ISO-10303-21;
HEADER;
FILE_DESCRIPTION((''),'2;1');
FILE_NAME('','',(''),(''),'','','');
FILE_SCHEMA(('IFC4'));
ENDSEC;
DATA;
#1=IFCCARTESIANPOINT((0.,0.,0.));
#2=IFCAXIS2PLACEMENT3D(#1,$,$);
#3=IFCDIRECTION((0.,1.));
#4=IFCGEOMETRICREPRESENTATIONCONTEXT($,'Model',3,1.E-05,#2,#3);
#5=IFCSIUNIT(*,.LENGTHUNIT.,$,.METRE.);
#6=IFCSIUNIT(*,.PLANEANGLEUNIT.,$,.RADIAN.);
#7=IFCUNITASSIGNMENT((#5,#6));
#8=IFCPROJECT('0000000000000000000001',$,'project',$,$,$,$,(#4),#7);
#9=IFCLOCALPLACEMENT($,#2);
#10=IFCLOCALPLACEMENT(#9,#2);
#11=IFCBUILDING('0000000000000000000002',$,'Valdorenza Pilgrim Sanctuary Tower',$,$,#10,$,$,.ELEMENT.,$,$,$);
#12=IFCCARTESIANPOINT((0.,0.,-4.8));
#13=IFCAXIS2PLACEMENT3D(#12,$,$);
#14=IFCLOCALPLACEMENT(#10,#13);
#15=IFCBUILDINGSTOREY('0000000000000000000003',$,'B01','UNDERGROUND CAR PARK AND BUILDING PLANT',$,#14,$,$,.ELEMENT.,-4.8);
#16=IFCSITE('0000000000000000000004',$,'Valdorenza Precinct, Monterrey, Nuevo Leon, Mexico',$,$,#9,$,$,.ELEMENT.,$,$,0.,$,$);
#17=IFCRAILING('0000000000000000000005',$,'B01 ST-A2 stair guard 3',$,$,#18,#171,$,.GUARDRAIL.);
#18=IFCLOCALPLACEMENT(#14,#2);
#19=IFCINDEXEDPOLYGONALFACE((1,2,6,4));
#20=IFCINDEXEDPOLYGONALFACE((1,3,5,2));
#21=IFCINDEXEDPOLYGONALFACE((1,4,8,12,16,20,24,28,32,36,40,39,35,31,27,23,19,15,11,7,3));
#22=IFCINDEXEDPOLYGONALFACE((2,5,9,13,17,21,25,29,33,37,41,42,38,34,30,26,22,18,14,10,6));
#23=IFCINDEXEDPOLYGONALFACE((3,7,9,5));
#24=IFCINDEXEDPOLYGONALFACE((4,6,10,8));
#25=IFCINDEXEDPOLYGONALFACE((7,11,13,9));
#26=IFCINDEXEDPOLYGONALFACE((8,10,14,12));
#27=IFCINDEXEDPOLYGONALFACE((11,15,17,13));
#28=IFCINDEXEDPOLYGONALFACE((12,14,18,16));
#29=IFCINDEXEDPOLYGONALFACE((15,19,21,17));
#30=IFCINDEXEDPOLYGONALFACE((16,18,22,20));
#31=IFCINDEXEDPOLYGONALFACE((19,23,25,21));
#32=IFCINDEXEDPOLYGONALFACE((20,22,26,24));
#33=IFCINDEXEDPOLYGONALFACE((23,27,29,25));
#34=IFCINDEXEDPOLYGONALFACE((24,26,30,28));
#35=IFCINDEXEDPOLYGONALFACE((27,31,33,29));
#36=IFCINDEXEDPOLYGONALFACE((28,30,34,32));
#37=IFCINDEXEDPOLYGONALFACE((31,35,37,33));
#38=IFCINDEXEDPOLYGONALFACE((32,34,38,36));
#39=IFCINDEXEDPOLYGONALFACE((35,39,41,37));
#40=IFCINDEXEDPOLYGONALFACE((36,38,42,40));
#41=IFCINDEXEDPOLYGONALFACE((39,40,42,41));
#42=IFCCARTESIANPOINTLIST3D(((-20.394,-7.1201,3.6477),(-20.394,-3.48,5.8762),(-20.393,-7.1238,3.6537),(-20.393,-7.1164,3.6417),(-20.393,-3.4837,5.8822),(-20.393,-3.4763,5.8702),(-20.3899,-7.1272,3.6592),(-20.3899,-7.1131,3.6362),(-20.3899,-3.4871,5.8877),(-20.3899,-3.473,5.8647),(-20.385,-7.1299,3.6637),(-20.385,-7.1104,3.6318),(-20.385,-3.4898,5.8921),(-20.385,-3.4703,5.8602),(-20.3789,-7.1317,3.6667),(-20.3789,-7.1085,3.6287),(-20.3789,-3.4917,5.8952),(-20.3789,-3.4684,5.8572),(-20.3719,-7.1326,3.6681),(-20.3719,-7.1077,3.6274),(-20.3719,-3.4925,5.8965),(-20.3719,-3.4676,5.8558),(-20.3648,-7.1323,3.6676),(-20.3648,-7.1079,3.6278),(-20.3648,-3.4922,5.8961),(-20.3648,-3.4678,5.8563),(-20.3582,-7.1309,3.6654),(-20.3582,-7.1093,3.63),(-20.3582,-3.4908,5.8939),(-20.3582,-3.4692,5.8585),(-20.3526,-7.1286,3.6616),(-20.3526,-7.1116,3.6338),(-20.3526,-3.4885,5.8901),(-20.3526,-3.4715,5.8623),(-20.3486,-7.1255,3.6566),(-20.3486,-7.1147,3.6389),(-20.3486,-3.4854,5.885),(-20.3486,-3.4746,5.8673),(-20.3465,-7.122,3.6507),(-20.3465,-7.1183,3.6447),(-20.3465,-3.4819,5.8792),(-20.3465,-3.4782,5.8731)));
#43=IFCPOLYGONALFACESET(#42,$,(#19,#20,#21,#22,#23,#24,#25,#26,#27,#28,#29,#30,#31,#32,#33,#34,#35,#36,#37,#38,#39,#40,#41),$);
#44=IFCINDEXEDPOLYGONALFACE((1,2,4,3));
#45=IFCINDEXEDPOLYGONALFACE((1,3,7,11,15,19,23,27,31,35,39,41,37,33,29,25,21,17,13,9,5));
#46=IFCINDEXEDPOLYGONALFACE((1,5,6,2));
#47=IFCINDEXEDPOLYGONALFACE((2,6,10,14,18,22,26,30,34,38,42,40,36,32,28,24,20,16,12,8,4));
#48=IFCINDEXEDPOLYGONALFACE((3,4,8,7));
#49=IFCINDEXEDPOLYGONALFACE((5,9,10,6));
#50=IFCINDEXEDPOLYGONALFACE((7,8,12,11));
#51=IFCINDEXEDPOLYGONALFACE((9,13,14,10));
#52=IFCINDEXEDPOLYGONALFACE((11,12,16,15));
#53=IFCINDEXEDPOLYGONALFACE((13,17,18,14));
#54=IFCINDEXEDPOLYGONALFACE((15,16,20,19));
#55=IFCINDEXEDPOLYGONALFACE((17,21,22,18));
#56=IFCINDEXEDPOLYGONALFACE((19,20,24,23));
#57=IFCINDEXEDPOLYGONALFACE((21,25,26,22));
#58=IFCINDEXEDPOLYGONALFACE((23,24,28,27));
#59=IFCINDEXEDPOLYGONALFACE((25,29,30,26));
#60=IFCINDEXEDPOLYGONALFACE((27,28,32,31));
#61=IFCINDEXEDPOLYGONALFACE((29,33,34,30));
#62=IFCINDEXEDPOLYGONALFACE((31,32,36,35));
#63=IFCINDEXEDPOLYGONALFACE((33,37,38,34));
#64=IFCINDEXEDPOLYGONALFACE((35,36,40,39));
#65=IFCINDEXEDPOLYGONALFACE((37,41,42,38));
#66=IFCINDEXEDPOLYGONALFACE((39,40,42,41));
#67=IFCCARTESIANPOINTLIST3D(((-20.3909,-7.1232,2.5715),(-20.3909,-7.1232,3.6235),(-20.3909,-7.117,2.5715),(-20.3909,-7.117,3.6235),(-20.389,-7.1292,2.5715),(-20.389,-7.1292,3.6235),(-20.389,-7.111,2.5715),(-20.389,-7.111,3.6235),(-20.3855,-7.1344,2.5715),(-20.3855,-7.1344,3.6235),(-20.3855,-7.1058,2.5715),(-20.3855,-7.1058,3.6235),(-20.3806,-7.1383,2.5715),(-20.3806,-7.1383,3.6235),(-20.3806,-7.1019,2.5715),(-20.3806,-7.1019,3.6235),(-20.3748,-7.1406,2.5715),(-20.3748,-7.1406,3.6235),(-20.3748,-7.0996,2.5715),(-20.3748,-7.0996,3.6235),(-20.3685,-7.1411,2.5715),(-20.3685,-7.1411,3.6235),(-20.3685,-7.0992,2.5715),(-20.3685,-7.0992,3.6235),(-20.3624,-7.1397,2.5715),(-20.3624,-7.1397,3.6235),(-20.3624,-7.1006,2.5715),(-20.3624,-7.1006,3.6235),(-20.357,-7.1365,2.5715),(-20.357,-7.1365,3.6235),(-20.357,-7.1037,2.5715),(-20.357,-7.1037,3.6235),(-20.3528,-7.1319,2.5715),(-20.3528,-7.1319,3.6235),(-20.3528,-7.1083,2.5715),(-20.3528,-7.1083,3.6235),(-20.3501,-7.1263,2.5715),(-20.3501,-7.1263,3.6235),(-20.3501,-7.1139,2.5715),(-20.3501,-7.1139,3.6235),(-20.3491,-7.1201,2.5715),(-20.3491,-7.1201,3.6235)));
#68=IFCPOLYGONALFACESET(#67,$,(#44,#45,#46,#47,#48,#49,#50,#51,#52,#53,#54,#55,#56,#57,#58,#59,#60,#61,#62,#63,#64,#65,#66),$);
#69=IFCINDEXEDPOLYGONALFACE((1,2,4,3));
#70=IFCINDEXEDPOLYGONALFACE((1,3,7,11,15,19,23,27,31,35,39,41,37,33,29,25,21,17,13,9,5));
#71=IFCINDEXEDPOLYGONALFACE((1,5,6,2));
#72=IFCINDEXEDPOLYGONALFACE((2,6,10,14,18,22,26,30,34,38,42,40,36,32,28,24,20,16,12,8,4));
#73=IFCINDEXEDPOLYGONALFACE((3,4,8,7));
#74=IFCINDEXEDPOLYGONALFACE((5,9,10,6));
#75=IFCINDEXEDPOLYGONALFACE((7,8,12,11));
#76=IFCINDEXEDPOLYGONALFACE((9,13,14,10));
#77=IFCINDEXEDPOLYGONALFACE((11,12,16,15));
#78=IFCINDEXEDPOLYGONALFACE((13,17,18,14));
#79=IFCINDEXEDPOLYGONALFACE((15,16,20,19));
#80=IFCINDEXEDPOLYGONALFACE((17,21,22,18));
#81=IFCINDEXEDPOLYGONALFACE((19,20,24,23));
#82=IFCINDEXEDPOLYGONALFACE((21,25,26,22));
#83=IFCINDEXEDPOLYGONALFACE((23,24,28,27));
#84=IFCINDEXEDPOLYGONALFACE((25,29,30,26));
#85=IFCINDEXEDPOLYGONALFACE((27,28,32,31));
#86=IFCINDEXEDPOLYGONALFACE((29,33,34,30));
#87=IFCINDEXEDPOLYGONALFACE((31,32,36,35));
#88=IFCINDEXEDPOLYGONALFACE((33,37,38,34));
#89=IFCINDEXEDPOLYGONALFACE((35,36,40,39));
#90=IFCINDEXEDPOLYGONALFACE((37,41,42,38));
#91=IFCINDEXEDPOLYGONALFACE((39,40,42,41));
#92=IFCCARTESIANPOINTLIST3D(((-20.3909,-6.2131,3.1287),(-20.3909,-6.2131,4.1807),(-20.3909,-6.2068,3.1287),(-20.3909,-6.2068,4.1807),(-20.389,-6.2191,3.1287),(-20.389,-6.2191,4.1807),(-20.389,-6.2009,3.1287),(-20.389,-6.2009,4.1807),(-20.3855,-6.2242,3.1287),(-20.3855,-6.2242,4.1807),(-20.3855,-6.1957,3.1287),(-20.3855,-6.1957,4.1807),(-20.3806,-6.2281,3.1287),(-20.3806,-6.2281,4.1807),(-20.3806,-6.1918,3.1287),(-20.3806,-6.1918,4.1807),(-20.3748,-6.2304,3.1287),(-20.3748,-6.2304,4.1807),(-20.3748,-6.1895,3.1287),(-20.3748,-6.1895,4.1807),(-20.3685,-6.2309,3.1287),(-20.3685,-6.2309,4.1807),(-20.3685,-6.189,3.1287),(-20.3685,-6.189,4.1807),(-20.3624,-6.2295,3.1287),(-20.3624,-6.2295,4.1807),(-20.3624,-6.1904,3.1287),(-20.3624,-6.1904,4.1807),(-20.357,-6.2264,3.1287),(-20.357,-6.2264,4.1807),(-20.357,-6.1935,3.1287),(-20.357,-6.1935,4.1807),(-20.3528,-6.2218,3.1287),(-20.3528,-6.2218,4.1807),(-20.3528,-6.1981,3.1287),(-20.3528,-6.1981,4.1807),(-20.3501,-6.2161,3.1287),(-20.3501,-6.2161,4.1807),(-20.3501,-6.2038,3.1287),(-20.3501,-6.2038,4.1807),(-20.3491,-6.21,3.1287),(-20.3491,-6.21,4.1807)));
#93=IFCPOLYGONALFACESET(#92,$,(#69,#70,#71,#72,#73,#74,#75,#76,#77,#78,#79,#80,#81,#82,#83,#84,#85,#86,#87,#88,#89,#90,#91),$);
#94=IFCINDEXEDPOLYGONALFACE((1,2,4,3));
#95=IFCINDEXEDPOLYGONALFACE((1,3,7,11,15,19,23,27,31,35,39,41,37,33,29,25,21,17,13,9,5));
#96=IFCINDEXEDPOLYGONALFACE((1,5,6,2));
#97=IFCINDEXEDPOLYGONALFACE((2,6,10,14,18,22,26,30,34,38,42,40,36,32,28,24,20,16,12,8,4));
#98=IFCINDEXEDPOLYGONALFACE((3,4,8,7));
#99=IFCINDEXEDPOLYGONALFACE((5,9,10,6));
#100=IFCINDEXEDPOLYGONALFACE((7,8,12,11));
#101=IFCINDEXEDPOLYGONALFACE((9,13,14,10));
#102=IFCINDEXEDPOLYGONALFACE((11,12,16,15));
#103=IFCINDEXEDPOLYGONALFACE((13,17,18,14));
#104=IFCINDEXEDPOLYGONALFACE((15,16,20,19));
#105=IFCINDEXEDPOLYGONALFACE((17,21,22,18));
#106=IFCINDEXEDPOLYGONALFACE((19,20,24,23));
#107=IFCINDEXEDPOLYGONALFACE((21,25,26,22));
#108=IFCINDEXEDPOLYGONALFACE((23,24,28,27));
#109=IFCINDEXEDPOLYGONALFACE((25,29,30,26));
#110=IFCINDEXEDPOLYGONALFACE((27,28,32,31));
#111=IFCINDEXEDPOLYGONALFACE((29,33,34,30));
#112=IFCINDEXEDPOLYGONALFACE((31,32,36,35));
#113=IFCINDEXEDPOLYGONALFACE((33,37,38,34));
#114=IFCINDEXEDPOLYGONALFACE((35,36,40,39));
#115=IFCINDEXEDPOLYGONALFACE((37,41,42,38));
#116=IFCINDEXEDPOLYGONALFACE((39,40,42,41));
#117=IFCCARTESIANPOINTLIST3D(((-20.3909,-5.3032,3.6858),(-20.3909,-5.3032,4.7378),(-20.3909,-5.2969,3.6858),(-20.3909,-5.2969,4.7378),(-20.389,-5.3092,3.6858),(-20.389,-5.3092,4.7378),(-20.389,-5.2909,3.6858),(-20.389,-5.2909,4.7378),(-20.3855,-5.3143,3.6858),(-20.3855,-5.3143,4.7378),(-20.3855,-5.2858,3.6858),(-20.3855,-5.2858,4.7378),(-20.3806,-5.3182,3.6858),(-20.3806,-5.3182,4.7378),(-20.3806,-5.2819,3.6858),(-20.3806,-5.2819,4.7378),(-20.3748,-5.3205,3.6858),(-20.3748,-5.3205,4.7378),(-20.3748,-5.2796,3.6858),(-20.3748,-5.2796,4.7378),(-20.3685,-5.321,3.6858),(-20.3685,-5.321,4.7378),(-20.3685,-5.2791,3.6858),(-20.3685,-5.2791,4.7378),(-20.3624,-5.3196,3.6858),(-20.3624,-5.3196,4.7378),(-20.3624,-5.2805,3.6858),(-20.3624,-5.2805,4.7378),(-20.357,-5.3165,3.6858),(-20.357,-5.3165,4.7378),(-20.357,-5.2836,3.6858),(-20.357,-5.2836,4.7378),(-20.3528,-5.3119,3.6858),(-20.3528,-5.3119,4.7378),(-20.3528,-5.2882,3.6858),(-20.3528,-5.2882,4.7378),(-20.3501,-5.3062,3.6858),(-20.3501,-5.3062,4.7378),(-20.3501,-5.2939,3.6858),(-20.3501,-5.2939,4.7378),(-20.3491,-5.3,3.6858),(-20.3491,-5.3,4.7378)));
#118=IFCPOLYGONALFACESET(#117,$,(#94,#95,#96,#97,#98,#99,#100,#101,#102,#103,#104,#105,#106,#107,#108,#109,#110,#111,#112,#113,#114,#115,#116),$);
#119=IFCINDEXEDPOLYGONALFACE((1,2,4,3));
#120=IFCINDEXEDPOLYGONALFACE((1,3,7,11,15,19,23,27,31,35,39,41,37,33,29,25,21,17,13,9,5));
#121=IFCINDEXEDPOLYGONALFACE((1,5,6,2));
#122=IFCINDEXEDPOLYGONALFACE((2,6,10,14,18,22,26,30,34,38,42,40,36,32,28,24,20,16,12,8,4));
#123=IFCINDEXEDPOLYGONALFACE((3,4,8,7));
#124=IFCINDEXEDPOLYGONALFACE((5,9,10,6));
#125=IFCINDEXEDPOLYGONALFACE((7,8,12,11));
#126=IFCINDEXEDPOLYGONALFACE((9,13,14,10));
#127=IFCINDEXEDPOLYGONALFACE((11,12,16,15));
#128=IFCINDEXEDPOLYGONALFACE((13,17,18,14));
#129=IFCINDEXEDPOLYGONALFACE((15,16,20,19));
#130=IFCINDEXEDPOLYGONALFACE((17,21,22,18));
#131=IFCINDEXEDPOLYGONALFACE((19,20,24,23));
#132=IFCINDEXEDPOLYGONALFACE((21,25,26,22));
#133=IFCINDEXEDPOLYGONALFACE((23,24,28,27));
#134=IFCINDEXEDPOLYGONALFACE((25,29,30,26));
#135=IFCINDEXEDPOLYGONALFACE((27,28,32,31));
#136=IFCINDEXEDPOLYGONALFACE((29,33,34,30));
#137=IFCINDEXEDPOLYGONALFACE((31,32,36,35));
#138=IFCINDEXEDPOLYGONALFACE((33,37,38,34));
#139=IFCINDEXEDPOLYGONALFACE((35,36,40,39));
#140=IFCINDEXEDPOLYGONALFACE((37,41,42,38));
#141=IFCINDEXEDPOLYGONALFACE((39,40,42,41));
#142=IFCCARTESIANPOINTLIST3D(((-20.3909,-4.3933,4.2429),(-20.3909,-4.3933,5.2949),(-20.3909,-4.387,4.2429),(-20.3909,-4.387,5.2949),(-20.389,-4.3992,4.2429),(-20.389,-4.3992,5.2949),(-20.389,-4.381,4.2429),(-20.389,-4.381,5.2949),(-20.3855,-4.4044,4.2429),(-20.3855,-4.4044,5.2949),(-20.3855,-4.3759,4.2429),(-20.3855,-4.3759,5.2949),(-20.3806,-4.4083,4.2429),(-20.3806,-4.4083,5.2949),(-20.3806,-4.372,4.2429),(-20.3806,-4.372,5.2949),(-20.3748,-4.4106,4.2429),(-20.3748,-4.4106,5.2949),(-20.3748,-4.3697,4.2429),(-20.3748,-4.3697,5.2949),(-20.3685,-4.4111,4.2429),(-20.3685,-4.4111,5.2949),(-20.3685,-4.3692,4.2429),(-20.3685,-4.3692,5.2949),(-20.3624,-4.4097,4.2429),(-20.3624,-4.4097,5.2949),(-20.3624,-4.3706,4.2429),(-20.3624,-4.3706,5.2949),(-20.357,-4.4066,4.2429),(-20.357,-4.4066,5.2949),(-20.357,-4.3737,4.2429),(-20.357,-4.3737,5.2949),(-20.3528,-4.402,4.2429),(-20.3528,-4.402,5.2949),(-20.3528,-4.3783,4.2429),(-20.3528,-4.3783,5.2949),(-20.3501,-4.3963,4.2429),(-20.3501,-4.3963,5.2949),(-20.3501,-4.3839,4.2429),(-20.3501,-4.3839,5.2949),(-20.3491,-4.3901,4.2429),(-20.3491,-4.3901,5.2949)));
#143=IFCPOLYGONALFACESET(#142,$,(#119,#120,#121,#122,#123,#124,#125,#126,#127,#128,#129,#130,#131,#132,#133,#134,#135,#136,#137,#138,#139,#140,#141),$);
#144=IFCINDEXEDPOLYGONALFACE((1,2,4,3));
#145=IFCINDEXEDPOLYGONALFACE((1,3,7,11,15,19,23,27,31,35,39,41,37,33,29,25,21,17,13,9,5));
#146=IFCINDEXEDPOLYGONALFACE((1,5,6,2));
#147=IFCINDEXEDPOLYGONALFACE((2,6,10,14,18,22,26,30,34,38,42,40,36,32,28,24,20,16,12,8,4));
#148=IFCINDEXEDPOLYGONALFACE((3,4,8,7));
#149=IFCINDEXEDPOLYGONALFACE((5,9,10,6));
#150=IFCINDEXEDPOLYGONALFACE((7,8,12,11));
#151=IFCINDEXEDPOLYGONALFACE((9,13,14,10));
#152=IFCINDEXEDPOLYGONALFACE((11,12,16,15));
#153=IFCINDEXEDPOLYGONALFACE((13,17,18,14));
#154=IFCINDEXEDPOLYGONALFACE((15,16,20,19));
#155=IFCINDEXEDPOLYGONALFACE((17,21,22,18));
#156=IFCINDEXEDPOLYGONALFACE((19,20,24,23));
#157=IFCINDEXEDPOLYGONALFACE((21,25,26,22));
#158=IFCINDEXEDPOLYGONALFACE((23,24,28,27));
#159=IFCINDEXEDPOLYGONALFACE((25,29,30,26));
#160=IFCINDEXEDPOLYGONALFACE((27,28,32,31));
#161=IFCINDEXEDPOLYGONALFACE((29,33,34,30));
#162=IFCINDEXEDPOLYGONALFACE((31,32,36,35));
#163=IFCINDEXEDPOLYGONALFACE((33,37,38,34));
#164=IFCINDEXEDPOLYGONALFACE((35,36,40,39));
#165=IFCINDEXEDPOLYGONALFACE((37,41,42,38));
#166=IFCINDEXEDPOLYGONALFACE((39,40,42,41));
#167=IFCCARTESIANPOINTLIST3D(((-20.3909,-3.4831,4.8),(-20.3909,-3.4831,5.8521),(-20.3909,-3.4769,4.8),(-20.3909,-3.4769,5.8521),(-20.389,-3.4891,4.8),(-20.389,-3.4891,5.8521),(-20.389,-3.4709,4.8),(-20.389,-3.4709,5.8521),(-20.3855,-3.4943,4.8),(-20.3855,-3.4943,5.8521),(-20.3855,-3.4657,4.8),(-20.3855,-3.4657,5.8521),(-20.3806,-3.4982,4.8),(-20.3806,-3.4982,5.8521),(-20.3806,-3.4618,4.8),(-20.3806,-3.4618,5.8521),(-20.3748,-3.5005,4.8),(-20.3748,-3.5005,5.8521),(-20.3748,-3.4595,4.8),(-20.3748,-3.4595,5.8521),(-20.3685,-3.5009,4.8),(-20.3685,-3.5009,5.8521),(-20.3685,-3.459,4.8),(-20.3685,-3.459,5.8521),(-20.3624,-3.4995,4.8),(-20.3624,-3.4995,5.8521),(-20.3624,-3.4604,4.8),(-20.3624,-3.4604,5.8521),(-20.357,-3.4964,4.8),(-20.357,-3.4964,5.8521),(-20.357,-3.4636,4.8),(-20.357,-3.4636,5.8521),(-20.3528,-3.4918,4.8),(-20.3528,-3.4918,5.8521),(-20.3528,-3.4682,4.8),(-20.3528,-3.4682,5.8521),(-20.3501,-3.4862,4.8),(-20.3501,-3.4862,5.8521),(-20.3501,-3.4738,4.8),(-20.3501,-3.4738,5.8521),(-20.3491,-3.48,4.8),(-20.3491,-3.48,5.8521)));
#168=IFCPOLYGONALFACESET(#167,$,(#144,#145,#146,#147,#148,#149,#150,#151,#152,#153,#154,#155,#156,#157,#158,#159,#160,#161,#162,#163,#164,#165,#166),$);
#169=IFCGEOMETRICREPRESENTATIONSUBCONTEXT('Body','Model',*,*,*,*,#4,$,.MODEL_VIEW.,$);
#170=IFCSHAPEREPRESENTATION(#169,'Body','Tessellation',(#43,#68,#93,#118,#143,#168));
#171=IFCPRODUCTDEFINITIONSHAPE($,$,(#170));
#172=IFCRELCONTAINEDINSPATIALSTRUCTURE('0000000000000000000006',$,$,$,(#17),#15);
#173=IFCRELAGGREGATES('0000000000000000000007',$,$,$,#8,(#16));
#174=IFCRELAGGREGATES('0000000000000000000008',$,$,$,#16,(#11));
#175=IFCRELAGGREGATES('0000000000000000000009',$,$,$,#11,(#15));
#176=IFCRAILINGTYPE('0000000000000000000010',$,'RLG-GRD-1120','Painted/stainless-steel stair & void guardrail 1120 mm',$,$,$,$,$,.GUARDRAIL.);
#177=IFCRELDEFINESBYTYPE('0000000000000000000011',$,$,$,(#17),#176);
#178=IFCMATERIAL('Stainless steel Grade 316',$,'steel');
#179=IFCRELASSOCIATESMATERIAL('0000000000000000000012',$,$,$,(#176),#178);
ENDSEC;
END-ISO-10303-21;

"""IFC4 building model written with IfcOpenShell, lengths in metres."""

from ifc_helpers import new_model, si_unit, direction, frame, origin, origin_2d, place, context, subcontext, project, spatial, circle, extrude, material, type_object, element, save


model = new_model("IFC4")

# Units and contexts
model_context = context("Model", 3, precision=1e-05, world=origin(), true_north=direction((0.0, 1.0)))
body_context = subcontext(model_context, "Body", "Model", "MODEL_VIEW")
ifc_project = project(units=[si_unit("LENGTHUNIT", "METRE"), si_unit("PLANEANGLEUNIT", "RADIAN")], contexts=[model_context])

# Site, building, storey
site_placement = place(None, origin())
site = spatial("IfcSite", under=ifc_project, at=site_placement, Name="Valdorenza Precinct, Monterrey, Nuevo Leon, Mexico", CompositionType="ELEMENT", RefElevation=0.0)
building_placement = place(site_placement, origin())
building = spatial("IfcBuilding", under=site, at=building_placement, Name="Valdorenza Pilgrim Sanctuary Tower", CompositionType="ELEMENT")
storey_placement = place(building_placement, frame((0.0, 0.0, -4.8)))
storey = spatial("IfcBuildingStorey", under=building, at=storey_placement, Name="B01", Description="UNDERGROUND CAR PARK AND BUILDING PLANT", CompositionType="ELEMENT", Elevation=-4.8)

# Railing
ifc_material_1 = material(Name="Stainless steel Grade 316", Category="steel")
railing_type_1 = type_object("IfcRailingType", Name="RLG-GRD-1120", Description="Painted/stainless-steel stair & void guardrail 1120 mm", PredefinedType="GUARDRAIL", material=ifc_material_1)
railing_1_placement = place(storey_placement, frame((-20.3701, -7.1201, 2.5715)))
element("IfcRailing", 1, at=railing_1_placement, inside=storey, type_object=railing_type_1, Name="B01 ST-A2 stair guard 3", PredefinedType="GUARDRAIL", context=body_context, shape_type="SweptSolid", body=[
    extrude(circle(Radius=0.0239, at=origin_2d()), frame((0.0, 0.0, 1.0762), z_axis=(0.0, 0.852866, 0.52213), x_axis=(-1.0, 0.0, 0.0)), (0.0, 0.0, 1.0), 4.2681),
    extrude(circle(Radius=0.021, at=origin_2d()), origin(), (0.0, 0.0, 1.0), 1.052),
    extrude(circle(Radius=0.021, at=origin_2d()), frame((0.0, 0.9102, 0.5571)), (0.0, 0.0, 1.0), 1.052),
    extrude(circle(Radius=0.021, at=origin_2d()), frame((0.0, 1.8201, 1.1143)), (0.0, 0.0, 1.0), 1.052),
    extrude(circle(Radius=0.021, at=origin_2d()), frame((0.0, 2.73, 1.6714)), (0.0, 0.0, 1.0), 1.052),
    extrude(circle(Radius=0.021, at=origin_2d()), frame((0.0, 3.6401, 2.2285)), (0.0, 0.0, 1.0), 1.052),
])

save(model, "model.ifc")
